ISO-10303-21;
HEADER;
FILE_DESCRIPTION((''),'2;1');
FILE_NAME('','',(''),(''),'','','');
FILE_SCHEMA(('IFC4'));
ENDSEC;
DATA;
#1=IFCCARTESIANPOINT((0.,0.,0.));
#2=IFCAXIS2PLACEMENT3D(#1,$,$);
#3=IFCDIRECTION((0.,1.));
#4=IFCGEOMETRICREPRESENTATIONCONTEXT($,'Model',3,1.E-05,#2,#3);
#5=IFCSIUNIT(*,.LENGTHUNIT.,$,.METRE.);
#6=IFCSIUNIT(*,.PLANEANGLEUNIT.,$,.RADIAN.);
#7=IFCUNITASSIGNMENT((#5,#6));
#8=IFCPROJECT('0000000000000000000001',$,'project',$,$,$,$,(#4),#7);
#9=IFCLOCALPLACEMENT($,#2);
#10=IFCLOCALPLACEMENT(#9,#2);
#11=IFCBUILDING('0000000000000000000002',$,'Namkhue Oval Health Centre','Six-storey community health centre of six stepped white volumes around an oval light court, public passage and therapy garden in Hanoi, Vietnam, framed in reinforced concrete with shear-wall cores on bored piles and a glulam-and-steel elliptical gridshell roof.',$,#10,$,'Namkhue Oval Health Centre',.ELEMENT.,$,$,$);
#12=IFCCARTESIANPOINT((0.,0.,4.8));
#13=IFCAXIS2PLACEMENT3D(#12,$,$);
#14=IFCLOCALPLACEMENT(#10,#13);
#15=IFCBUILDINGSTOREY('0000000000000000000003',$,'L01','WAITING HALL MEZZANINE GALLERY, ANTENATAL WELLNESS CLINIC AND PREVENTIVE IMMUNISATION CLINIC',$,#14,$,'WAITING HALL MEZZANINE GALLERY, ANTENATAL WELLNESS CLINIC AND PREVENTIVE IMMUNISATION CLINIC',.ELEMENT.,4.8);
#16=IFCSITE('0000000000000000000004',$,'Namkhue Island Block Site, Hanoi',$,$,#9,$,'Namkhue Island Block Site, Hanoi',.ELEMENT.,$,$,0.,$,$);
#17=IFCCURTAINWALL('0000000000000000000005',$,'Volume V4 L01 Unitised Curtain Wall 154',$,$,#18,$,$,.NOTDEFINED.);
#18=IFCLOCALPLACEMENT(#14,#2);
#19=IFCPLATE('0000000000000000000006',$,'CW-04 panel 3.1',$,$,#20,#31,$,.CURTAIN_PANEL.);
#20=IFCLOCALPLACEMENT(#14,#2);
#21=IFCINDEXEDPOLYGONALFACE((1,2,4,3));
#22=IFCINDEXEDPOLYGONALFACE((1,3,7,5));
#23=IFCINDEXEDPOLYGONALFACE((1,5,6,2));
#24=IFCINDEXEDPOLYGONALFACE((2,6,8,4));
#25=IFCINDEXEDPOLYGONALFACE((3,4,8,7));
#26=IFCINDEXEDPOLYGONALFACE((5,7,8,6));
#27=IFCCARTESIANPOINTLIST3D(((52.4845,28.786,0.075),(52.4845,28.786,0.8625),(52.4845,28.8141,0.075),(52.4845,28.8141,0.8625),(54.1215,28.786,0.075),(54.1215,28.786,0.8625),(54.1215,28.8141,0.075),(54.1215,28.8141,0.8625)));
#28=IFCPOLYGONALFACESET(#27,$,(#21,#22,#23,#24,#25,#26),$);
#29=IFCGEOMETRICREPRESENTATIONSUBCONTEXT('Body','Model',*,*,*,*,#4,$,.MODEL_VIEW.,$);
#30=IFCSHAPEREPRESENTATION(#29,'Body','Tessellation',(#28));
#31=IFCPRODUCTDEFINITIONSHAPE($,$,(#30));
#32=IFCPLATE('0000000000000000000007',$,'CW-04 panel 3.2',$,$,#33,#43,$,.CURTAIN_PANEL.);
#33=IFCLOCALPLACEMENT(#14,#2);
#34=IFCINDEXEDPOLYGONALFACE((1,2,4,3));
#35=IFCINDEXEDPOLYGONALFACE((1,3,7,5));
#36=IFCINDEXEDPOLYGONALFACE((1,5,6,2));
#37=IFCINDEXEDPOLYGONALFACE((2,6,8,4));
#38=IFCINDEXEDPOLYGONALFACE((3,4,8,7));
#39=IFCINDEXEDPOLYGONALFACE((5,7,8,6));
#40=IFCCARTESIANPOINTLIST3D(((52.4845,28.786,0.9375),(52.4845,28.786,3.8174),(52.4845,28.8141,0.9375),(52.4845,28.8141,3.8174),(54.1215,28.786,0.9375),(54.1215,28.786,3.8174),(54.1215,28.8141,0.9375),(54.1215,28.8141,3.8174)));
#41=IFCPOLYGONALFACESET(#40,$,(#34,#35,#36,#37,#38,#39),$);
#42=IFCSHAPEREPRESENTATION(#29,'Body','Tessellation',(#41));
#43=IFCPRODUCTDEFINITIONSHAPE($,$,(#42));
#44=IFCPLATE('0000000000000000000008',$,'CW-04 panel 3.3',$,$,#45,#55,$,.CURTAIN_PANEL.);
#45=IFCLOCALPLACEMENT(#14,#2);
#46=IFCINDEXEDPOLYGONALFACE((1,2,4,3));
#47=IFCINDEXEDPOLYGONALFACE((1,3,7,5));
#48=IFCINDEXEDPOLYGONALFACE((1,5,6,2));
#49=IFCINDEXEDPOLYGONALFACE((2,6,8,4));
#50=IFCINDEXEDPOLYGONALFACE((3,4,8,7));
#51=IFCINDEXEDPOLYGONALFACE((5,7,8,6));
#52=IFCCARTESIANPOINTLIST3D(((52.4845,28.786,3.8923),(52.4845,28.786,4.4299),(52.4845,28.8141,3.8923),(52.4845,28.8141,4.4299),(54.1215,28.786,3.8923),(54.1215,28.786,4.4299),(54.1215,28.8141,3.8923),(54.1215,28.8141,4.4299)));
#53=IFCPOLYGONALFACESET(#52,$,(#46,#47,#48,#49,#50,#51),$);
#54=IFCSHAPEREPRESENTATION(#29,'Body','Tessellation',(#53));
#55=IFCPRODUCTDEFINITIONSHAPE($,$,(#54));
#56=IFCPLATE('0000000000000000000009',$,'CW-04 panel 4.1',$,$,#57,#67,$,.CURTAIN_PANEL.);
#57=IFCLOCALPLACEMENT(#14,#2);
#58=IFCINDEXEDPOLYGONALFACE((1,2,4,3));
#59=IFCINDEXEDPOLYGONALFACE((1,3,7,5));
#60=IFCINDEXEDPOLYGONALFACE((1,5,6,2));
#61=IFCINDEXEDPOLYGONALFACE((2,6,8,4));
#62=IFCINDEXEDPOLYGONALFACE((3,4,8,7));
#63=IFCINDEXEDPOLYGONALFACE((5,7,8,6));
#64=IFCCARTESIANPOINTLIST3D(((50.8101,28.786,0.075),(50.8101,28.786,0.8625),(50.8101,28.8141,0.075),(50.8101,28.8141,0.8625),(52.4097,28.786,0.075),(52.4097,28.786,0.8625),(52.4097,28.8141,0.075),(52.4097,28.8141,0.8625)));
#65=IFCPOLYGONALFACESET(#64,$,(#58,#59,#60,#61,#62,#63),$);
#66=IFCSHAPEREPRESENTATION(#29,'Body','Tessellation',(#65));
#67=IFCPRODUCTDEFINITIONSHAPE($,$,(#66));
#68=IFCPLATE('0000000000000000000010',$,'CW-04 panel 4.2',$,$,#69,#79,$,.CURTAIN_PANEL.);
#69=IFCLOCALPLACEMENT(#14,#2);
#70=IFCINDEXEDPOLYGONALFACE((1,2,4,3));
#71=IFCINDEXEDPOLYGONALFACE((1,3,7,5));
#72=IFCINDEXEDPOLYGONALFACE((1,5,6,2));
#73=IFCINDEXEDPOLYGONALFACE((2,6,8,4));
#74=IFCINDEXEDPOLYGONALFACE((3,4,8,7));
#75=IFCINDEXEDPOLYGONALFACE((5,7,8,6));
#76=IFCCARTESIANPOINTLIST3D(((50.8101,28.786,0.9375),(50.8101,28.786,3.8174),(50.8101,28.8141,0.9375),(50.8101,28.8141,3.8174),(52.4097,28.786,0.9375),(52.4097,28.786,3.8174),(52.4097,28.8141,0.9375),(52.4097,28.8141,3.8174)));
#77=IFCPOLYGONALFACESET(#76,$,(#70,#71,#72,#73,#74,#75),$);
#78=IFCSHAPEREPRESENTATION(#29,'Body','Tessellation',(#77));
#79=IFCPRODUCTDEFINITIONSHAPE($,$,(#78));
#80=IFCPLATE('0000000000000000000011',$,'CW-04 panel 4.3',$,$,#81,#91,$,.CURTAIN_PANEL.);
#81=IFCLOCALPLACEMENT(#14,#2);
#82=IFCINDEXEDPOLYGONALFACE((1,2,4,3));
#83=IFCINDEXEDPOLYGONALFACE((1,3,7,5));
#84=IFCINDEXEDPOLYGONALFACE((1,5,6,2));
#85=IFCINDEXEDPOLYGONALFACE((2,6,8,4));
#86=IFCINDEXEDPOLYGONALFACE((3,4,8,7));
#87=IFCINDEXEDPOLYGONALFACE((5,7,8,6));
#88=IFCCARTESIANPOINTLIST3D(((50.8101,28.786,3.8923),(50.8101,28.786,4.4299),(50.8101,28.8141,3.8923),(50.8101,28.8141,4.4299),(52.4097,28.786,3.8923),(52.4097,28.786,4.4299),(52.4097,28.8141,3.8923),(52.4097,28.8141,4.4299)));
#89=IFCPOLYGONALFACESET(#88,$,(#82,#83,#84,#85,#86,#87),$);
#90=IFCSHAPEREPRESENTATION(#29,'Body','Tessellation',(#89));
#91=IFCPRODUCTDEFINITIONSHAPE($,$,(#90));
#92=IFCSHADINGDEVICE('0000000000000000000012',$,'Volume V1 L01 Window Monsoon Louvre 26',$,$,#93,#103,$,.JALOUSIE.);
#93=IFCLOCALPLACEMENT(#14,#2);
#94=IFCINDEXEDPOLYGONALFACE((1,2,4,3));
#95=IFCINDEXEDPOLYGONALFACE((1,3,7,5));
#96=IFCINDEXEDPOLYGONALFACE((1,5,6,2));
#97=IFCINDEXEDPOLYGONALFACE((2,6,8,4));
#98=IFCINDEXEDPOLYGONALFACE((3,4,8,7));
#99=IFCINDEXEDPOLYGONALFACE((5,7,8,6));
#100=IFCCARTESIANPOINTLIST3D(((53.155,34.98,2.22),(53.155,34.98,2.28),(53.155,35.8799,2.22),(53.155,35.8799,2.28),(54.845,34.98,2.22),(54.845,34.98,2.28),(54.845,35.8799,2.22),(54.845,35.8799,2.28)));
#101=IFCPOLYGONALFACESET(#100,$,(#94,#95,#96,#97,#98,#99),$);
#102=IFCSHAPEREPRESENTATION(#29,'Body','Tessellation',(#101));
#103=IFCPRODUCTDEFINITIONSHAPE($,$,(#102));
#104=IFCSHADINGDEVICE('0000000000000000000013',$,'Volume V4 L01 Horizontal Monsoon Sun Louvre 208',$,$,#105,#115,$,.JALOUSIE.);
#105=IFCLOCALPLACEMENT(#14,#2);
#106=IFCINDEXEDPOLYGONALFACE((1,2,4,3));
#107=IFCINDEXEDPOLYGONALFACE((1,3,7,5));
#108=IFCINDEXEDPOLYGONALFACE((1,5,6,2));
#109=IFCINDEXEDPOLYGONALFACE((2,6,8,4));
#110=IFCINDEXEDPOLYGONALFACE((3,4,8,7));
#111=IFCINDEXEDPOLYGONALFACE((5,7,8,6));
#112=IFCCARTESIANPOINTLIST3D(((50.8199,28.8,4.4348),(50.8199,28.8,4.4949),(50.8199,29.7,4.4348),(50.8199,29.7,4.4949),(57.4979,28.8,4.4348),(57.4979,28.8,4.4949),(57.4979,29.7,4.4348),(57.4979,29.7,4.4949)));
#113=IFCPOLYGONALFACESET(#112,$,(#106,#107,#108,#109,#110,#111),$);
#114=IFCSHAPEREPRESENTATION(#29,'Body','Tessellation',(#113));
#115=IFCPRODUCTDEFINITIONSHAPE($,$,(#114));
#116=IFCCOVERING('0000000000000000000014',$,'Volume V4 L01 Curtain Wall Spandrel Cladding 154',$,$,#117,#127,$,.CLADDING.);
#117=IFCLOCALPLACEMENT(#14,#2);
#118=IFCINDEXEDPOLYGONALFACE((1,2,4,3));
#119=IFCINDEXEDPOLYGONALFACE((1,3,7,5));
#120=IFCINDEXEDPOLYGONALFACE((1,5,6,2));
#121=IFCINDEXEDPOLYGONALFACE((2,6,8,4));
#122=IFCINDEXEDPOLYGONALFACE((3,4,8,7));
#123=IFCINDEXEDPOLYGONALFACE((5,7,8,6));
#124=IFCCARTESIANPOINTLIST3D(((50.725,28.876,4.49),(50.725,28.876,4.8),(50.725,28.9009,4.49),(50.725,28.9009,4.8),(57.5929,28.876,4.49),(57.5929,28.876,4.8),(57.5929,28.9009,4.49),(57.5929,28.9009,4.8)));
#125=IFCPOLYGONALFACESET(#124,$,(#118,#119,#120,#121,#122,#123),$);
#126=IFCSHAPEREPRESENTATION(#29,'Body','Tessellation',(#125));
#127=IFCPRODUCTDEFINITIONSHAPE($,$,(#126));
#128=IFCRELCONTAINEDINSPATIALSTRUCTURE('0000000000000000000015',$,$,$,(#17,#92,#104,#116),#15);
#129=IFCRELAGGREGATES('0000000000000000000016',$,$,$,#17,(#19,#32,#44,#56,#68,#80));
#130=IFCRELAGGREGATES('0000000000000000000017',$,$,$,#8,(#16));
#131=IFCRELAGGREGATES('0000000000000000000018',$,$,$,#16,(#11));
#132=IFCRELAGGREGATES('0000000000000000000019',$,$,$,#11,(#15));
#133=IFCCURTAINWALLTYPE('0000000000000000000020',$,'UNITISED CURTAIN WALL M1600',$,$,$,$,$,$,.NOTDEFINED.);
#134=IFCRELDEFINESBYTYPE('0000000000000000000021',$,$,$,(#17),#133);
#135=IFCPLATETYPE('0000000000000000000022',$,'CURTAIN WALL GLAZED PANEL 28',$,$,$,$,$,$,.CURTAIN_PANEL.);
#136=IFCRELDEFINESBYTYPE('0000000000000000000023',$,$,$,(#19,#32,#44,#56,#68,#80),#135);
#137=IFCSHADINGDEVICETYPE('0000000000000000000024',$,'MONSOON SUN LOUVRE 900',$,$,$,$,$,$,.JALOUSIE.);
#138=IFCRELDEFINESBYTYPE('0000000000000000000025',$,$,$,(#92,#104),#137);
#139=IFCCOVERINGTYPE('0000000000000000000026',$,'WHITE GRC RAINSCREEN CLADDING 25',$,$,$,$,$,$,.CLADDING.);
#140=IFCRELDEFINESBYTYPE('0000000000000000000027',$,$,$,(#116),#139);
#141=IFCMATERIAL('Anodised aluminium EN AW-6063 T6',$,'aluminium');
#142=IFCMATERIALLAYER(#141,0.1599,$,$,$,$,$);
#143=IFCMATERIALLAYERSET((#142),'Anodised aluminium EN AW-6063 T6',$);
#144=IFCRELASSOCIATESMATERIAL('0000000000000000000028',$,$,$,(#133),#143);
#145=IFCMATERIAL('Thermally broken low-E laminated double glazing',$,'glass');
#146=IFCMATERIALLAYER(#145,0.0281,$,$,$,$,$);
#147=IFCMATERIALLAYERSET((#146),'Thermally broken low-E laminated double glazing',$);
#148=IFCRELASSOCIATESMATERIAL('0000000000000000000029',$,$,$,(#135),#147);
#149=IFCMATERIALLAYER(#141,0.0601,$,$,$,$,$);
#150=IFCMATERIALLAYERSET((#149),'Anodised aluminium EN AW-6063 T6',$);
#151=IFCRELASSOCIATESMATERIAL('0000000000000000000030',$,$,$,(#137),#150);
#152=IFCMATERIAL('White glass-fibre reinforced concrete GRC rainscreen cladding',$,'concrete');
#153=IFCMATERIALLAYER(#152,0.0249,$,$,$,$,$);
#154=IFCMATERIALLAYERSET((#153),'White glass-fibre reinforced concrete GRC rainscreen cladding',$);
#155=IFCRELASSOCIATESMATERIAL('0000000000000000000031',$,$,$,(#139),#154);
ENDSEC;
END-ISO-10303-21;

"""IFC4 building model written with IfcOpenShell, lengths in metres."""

from ifc_helpers import new_model, si_unit, direction, frame, origin, origin_2d, place, context, subcontext, project, spatial, rectangle, extrude, material, layer, layer_set, type_object, element, aggregate, save


model = new_model("IFC4")

# Units and contexts
model_context = context("Model", 3, precision=1e-05, world=origin(), true_north=direction((0.0, 1.0)))
body_context = subcontext(model_context, "Body", "Model", "MODEL_VIEW")
ifc_project = project(units=[si_unit("LENGTHUNIT", "METRE"), si_unit("PLANEANGLEUNIT", "RADIAN")], contexts=[model_context])

# Site, building, storey
site_placement = place(None, origin())
site = spatial("IfcSite", under=ifc_project, at=site_placement, Name="Namkhue Island Block Site, Hanoi", LongName="Namkhue Island Block Site, Hanoi", CompositionType="ELEMENT", RefElevation=0.0)
building_placement = place(site_placement, origin())
building = spatial("IfcBuilding", under=site, at=building_placement, Name="Namkhue Oval Health Centre", Description="Six-storey community health centre of six stepped white volumes around an oval light court, public passage and therapy garden in Hanoi, Vietnam, framed in reinforced concrete with shear-wall cores on bored piles and a glulam-and-steel elliptical gridshell roof.", LongName="Namkhue Oval Health Centre", CompositionType="ELEMENT")
storey_placement = place(building_placement, frame((0.0, 0.0, 4.8)))
storey = spatial("IfcBuildingStorey", under=building, at=storey_placement, Name="L01", Description="WAITING HALL MEZZANINE GALLERY, ANTENATAL WELLNESS CLINIC AND PREVENTIVE IMMUNISATION CLINIC", LongName="WAITING HALL MEZZANINE GALLERY, ANTENATAL WELLNESS CLINIC AND PREVENTIVE IMMUNISATION CLINIC", CompositionType="ELEMENT", Elevation=4.8)

# Curtain wall, plates
ifc_material_1 = material(Name="Anodised aluminium EN AW-6063 T6", Category="aluminium")
ifc_layer_1 = layer(ifc_material_1, 0.1599)
ifc_layer_set_1 = layer_set([ifc_layer_1], Name="Anodised aluminium EN AW-6063 T6")
curtain_wall_type = type_object("IfcCurtainWallType", Name="UNITISED CURTAIN WALL M1600", PredefinedType="NOTDEFINED", material=ifc_layer_set_1)
curtain_wall_placement = place(storey_placement, origin())
curtain_wall = element("IfcCurtainWall", 1, at=curtain_wall_placement, inside=storey, type_object=curtain_wall_type, Name="Volume V4 L01 Unitised Curtain Wall 154", PredefinedType="NOTDEFINED")
ifc_material_2 = material(Name="Thermally broken low-E laminated double glazing", Category="glass")
ifc_layer_2 = layer(ifc_material_2, 0.0281)
ifc_layer_set_2 = layer_set([ifc_layer_2], Name="Thermally broken low-E laminated double glazing")
plate_type = type_object("IfcPlateType", Name="CURTAIN WALL GLAZED PANEL 28", PredefinedType="CURTAIN_PANEL", material=ifc_layer_set_2)
plate_1_placement = place(storey_placement, frame((53.303, 28.8, 0.075), z_axis=(0.0, 0.0, 1.0), x_axis=(-1.0, 0.0, 0.0)))
plate_1 = element("IfcPlate", 2, at=plate_1_placement, type_object=plate_type, Name="CW-04 panel 3.1", PredefinedType="CURTAIN_PANEL", context=body_context, shape_type="SweptSolid", body=[
    extrude(rectangle(XDim=1.637, YDim=0.0281, at=origin_2d()), origin(), (0.0, 0.0, 1.0), 0.7876),
])
plate_2_placement = place(storey_placement, frame((53.303, 28.8, 0.9375), z_axis=(0.0, 0.0, 1.0), x_axis=(-1.0, 0.0, 0.0)))
plate_2 = element("IfcPlate", 3, at=plate_2_placement, type_object=plate_type, Name="CW-04 panel 3.2", PredefinedType="CURTAIN_PANEL", context=body_context, shape_type="SweptSolid", body=[
    extrude(rectangle(XDim=1.637, YDim=0.0281, at=origin_2d()), origin(), (0.0, 0.0, 1.0), 2.8799),
])
plate_3_placement = place(storey_placement, frame((53.303, 28.8, 3.8923), z_axis=(0.0, 0.0, 1.0), x_axis=(-1.0, 0.0, 0.0)))
plate_3 = element("IfcPlate", 4, at=plate_3_placement, type_object=plate_type, Name="CW-04 panel 3.3", PredefinedType="CURTAIN_PANEL", context=body_context, shape_type="SweptSolid", body=[
    extrude(rectangle(XDim=1.637, YDim=0.0281, at=origin_2d()), origin(), (0.0, 0.0, 1.0), 0.5376),
])
plate_4_placement = place(storey_placement, frame((51.6099, 28.8, 0.075), z_axis=(0.0, 0.0, 1.0), x_axis=(-1.0, 0.0, 0.0)))
plate_4 = element("IfcPlate", 5, at=plate_4_placement, type_object=plate_type, Name="CW-04 panel 4.1", PredefinedType="CURTAIN_PANEL", context=body_context, shape_type="SweptSolid", body=[
    extrude(rectangle(XDim=1.5996, YDim=0.0281, at=origin_2d()), origin(), (0.0, 0.0, 1.0), 0.7876),
])
plate_5_placement = place(storey_placement, frame((51.6099, 28.8, 0.9375), z_axis=(0.0, 0.0, 1.0), x_axis=(-1.0, 0.0, 0.0)))
plate_5 = element("IfcPlate", 6, at=plate_5_placement, type_object=plate_type, Name="CW-04 panel 4.2", PredefinedType="CURTAIN_PANEL", context=body_context, shape_type="SweptSolid", body=[
    extrude(rectangle(XDim=1.5996, YDim=0.0281, at=origin_2d()), origin(), (0.0, 0.0, 1.0), 2.8799),
])
plate_6_placement = place(storey_placement, frame((51.6099, 28.8, 3.8923), z_axis=(0.0, 0.0, 1.0), x_axis=(-1.0, 0.0, 0.0)))
plate_6 = element("IfcPlate", 7, at=plate_6_placement, type_object=plate_type, Name="CW-04 panel 4.3", PredefinedType="CURTAIN_PANEL", context=body_context, shape_type="SweptSolid", body=[
    extrude(rectangle(XDim=1.5996, YDim=0.0281, at=origin_2d()), origin(), (0.0, 0.0, 1.0), 0.5376),
])
aggregate(curtain_wall, [plate_1, plate_2, plate_3, plate_4, plate_5, plate_6])

# Shading devices
ifc_layer_3 = layer(ifc_material_1, 0.0601)
ifc_layer_set_3 = layer_set([ifc_layer_3], Name="Anodised aluminium EN AW-6063 T6")
shading_device_type = type_object("IfcShadingDeviceType", Name="MONSOON SUN LOUVRE 900", PredefinedType="JALOUSIE", material=ifc_layer_set_3)
shading_device_1_placement = place(storey_placement, frame((54.0, 35.4299, 2.22), z_axis=(0.0, 0.0, 1.0), x_axis=(1.0, 0.0, 0.0)))
element("IfcShadingDevice", 8, at=shading_device_1_placement, inside=storey, type_object=shading_device_type, Name="Volume V1 L01 Window Monsoon Louvre 26", PredefinedType="JALOUSIE", context=body_context, shape_type="SweptSolid", body=[
    extrude(rectangle(XDim=1.6899, YDim=0.8999, at=origin_2d()), origin(), (0.0, 0.0, 1.0), 0.0601),
])
shading_device_2_placement = place(storey_placement, frame((54.1589, 29.25, 4.4348), z_axis=(0.0, 0.0, 1.0), x_axis=(-1.0, 0.0, 0.0)))
element("IfcShadingDevice", 9, at=shading_device_2_placement, inside=storey, type_object=shading_device_type, Name="Volume V4 L01 Horizontal Monsoon Sun Louvre 208", PredefinedType="JALOUSIE", context=body_context, shape_type="SweptSolid", body=[
    extrude(rectangle(XDim=6.678, YDim=0.8999, at=origin_2d()), origin(), (0.0, 0.0, 1.0), 0.0601),
])

# Covering
ifc_material_3 = material(Name="White glass-fibre reinforced concrete GRC rainscreen cladding", Category="concrete")
ifc_layer_4 = layer(ifc_material_3, 0.0249)
ifc_layer_set_4 = layer_set([ifc_layer_4], Name="White glass-fibre reinforced concrete GRC rainscreen cladding")
covering_type = type_object("IfcCoveringType", Name="WHITE GRC RAINSCREEN CLADDING 25", PredefinedType="CLADDING", material=ifc_layer_set_4)
covering_placement = place(storey_placement, frame((54.1589, 28.8884, 4.49), z_axis=(0.0, 0.0, 1.0), x_axis=(-1.0, 0.0, 0.0)))
element("IfcCovering", 10, at=covering_placement, inside=storey, type_object=covering_type, Name="Volume V4 L01 Curtain Wall Spandrel Cladding 154", PredefinedType="CLADDING", context=body_context, shape_type="SweptSolid", body=[
    extrude(rectangle(XDim=6.8679, YDim=0.0249, at=origin_2d()), origin(), (0.0, 0.0, 1.0), 0.3101),
])

save(model, "model.ifc")
